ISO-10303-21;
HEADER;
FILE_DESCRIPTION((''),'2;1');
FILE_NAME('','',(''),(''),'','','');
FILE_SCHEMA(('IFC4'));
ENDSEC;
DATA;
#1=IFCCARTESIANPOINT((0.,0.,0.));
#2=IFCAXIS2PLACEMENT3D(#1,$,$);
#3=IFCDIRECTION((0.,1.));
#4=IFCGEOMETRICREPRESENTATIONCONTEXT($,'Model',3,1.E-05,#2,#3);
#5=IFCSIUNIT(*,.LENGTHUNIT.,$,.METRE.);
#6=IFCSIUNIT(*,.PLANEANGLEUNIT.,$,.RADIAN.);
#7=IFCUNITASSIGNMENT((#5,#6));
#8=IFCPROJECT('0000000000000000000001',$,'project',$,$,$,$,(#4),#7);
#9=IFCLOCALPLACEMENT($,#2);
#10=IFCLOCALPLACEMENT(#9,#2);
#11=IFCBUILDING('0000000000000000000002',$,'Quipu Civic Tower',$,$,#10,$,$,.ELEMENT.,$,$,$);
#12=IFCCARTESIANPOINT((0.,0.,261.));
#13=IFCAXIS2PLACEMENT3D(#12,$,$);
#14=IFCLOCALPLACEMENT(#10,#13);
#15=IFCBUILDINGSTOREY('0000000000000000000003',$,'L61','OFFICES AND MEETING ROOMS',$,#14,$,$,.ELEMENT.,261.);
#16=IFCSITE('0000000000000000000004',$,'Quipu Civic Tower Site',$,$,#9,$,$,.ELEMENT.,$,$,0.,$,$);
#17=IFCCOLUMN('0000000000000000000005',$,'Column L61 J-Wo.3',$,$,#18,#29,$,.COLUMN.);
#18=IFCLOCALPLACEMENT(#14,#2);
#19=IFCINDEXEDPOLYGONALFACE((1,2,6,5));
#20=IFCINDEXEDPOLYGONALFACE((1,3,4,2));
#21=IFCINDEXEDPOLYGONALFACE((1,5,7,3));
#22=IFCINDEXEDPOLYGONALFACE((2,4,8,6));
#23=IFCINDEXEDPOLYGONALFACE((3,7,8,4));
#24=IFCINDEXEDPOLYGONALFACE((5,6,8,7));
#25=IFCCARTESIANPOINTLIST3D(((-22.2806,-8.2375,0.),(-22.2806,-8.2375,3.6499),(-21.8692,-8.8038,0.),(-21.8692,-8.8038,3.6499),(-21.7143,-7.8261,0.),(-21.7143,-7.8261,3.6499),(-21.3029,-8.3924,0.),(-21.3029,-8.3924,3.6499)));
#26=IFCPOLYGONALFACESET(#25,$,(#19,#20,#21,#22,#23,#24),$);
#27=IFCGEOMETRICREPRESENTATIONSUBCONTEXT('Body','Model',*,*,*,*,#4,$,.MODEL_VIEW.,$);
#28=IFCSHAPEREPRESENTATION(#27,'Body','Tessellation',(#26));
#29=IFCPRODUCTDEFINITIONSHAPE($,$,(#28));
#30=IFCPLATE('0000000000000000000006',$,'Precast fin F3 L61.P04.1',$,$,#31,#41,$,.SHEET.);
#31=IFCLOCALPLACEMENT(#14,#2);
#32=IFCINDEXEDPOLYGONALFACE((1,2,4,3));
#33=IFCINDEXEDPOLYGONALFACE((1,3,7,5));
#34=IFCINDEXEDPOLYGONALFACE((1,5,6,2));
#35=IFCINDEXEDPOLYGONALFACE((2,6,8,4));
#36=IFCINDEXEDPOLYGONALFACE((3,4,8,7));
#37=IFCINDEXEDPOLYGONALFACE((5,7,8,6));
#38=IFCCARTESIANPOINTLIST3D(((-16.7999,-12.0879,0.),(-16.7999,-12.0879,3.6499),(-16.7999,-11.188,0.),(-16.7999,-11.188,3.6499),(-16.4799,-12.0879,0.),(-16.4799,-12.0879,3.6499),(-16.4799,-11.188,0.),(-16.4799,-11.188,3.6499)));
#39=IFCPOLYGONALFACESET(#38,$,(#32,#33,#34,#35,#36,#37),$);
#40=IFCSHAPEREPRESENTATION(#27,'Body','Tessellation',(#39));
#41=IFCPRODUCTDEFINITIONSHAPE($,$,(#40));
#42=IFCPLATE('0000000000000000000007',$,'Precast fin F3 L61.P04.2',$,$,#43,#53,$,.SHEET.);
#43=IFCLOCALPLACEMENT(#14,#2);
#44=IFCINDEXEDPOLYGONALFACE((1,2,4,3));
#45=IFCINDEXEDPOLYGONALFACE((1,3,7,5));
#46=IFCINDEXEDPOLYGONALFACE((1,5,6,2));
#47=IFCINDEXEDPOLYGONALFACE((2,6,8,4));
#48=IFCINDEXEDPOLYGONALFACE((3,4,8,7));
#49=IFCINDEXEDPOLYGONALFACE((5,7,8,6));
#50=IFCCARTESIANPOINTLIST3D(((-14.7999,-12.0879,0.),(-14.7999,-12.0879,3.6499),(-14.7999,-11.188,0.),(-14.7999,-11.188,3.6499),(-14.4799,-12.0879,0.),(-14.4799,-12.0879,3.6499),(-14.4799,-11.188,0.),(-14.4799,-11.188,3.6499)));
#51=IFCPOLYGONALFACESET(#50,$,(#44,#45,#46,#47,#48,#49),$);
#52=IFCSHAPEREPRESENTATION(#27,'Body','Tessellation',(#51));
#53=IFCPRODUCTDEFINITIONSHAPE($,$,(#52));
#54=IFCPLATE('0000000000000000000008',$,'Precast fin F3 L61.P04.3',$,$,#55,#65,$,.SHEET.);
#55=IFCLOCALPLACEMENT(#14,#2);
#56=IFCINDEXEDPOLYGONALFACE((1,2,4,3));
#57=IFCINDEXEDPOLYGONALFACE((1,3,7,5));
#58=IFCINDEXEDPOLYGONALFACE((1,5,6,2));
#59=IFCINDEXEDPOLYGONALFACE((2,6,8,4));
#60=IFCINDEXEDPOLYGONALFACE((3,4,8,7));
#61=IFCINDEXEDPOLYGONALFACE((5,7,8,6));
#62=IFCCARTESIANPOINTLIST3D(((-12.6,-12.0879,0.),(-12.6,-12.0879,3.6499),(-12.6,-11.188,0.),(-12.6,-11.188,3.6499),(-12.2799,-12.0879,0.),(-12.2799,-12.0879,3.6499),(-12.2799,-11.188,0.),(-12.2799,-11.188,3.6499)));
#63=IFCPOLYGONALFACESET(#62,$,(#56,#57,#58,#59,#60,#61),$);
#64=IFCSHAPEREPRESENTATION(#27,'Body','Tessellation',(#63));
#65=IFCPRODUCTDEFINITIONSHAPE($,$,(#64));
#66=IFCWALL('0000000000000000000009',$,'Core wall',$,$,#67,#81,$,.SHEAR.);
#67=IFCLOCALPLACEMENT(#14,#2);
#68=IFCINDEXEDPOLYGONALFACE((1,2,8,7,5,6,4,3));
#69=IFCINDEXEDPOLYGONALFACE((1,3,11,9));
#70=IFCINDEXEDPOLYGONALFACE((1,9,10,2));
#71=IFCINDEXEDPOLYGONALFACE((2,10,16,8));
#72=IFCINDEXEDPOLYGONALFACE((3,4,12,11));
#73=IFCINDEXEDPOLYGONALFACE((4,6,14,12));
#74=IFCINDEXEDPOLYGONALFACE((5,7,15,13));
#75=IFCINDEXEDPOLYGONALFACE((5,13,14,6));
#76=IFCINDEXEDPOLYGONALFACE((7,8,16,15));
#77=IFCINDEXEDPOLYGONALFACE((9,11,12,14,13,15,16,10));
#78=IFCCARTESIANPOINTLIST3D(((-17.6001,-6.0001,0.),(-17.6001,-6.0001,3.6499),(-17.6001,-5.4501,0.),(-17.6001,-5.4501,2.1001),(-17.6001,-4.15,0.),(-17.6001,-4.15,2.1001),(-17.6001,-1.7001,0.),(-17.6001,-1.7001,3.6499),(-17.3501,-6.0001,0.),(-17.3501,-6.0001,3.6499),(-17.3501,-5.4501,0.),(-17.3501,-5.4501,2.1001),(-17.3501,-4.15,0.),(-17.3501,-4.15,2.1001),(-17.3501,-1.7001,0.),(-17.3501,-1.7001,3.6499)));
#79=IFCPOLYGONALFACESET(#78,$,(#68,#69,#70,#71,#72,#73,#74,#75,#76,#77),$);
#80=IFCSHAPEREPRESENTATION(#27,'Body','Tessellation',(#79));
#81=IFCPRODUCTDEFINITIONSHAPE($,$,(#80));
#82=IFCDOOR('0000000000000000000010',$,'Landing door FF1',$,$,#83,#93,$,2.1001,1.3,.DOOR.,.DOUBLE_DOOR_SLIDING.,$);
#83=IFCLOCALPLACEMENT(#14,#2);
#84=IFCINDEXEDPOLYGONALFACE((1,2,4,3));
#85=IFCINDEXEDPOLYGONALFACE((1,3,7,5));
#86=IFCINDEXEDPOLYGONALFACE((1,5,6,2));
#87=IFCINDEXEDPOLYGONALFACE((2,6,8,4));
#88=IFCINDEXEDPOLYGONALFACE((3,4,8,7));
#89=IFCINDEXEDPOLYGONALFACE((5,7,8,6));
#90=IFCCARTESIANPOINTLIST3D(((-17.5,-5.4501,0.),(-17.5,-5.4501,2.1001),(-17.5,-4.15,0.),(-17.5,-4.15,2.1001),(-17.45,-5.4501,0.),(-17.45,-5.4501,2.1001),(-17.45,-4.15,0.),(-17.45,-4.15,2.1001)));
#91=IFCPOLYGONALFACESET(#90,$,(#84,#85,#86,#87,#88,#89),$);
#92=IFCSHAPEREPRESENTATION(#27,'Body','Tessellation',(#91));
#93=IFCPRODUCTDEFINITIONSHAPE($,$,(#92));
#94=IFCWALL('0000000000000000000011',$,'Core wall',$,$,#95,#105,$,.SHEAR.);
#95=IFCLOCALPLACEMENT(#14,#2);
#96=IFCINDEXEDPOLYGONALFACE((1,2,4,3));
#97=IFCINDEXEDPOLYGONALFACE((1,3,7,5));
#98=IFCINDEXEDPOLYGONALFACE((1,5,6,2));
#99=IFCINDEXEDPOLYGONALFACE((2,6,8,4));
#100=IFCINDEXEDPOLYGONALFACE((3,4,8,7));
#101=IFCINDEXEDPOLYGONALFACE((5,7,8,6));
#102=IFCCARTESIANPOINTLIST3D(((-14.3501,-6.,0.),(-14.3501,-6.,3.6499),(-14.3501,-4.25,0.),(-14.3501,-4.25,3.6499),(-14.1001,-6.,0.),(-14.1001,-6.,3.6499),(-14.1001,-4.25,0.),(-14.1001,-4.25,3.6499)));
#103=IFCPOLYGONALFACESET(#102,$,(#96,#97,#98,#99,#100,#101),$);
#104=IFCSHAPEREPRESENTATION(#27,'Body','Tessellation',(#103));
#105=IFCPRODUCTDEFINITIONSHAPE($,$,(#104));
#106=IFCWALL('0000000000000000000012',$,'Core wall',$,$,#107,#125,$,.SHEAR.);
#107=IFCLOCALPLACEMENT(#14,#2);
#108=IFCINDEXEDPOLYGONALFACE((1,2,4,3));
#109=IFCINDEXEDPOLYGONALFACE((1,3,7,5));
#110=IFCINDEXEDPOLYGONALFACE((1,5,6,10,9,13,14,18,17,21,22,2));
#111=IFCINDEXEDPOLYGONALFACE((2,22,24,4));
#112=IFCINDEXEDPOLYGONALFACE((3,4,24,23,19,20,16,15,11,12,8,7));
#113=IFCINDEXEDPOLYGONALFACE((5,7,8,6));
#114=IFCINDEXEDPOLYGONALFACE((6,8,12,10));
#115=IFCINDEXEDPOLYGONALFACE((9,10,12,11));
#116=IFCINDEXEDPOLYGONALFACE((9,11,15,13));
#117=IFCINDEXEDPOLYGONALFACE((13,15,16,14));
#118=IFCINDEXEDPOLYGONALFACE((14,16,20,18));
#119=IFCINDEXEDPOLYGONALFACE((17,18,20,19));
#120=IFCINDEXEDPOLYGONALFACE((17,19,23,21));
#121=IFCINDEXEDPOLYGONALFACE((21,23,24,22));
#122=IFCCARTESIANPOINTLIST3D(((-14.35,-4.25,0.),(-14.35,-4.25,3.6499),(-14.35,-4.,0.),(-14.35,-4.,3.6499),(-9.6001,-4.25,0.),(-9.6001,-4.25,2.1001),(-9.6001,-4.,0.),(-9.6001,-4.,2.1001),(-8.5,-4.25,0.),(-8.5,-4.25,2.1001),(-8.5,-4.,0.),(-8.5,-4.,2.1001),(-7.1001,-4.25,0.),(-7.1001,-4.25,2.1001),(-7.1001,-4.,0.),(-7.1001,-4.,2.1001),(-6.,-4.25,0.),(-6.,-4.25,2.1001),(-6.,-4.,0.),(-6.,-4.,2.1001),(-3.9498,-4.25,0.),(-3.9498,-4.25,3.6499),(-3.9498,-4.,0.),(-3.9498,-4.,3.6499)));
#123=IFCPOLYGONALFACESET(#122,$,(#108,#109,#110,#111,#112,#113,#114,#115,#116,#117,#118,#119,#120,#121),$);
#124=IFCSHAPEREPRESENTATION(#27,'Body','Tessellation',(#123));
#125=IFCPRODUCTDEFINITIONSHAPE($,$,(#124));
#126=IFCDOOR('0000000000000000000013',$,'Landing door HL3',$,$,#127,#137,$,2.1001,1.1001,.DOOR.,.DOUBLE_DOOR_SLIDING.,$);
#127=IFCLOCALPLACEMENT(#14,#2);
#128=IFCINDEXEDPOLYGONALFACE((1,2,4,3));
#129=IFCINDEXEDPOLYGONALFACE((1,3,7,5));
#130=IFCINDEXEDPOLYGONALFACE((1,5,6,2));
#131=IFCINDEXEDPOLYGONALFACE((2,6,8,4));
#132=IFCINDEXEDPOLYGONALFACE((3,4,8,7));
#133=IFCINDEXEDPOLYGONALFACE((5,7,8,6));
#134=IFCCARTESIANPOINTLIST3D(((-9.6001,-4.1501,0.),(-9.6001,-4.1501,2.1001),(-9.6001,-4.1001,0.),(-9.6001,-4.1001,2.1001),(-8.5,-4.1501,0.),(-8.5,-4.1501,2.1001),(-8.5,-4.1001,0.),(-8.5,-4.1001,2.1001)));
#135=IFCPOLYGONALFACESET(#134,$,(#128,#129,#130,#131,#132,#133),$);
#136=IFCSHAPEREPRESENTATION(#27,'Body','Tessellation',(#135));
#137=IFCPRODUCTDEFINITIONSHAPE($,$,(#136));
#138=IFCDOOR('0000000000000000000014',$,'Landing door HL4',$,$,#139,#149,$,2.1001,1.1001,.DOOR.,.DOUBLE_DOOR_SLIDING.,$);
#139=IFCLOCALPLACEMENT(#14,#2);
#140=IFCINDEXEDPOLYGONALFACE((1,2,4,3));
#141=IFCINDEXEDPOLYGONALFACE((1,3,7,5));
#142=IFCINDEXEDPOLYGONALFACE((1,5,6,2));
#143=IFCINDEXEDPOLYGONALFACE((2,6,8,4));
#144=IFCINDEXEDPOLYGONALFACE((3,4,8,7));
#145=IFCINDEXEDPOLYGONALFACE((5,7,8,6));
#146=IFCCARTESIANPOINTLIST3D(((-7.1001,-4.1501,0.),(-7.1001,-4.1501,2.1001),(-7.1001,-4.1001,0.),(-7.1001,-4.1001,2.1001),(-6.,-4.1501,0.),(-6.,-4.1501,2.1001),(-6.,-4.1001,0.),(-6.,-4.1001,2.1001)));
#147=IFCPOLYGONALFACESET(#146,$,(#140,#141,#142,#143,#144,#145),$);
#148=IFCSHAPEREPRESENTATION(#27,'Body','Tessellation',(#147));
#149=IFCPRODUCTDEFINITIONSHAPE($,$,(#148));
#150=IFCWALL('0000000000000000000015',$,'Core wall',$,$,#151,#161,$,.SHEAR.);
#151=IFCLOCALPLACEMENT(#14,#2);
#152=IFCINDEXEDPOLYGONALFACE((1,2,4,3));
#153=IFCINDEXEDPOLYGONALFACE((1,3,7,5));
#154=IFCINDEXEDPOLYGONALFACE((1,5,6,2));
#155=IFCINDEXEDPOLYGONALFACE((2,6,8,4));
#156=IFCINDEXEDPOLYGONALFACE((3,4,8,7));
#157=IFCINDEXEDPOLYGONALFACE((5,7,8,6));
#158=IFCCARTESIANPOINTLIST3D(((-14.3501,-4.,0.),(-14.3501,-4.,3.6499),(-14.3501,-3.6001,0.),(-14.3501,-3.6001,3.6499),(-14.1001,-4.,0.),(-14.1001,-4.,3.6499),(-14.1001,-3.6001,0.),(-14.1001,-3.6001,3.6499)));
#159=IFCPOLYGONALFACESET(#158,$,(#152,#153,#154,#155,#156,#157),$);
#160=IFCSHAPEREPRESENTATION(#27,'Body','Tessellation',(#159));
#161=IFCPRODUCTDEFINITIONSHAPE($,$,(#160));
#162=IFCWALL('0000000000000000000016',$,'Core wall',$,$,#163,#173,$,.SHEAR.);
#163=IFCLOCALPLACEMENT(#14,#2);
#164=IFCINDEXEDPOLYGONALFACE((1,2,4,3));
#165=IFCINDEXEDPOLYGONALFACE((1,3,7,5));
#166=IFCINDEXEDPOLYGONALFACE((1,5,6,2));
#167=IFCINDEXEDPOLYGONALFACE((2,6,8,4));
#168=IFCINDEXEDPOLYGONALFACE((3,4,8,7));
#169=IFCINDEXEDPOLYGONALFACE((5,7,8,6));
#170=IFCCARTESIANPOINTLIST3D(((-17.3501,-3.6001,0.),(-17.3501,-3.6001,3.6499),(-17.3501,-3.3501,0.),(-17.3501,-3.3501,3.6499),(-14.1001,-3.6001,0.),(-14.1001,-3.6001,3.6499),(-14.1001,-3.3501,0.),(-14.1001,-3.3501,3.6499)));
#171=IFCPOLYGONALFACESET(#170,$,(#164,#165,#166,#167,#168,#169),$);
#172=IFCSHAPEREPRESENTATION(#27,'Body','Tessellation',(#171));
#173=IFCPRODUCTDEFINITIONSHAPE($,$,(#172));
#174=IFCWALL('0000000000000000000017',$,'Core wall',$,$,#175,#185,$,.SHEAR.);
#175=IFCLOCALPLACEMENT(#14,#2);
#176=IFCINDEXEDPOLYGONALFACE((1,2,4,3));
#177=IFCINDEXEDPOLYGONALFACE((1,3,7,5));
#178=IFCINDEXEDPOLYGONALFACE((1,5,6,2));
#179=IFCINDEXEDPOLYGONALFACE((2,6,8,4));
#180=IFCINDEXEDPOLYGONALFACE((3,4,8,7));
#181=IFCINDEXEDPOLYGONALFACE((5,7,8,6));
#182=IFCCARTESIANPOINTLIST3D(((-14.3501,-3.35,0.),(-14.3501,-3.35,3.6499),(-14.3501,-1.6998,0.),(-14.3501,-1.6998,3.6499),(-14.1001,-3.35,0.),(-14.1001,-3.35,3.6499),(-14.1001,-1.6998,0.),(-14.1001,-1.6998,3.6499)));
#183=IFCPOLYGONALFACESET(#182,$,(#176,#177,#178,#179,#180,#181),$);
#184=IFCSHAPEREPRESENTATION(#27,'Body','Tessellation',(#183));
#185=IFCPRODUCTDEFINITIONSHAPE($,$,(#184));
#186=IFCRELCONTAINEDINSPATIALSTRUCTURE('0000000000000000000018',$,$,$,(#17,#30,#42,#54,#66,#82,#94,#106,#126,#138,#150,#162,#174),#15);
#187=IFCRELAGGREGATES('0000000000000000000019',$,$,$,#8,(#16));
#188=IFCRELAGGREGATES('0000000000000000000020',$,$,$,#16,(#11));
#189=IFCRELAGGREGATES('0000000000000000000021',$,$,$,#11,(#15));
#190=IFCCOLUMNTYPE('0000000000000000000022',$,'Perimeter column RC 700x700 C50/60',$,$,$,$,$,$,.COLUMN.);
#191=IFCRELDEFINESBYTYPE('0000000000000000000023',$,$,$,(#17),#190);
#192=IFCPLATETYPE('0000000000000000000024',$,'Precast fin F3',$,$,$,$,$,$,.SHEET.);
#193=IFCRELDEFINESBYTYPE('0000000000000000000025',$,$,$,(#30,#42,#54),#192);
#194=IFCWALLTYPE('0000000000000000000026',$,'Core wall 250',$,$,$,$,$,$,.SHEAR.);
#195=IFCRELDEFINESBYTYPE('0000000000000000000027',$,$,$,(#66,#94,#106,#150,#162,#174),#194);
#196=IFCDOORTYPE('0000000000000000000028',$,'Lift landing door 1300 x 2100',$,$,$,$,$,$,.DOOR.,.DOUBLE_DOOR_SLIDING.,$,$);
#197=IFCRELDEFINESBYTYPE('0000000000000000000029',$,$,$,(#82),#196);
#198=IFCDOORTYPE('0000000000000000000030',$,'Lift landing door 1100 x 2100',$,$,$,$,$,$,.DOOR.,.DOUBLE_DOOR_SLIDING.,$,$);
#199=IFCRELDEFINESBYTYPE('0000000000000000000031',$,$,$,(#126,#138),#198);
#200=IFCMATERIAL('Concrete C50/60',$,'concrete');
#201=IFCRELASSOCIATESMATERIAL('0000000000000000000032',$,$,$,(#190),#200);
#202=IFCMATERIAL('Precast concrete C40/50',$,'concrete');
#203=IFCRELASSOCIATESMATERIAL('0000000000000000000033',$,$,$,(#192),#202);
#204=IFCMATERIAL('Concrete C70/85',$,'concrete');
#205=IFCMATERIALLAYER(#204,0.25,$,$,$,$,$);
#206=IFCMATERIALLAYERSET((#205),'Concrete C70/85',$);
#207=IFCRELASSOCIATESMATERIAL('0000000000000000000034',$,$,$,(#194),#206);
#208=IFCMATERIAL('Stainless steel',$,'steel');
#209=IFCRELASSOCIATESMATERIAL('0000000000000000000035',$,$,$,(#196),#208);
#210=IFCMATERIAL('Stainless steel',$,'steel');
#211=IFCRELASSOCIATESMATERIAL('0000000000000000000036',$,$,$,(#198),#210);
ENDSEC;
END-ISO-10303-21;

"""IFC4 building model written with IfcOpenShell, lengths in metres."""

from ifc_helpers import new_model, si_unit, direction, frame, frame_2d, origin, origin_2d, place, context, subcontext, project, spatial, rectangle, extrude, material, layer, layer_set, material_profile, profile_set, type_object, element, fill, save


model = new_model("IFC4")

# Units and contexts
model_context = context("Model", 3, precision=1e-05, world=origin(), true_north=direction((0.0, 1.0)))
body_context = subcontext(model_context, "Body", "Model", "MODEL_VIEW")
ifc_project = project(units=[si_unit("LENGTHUNIT", "METRE"), si_unit("PLANEANGLEUNIT", "RADIAN")], contexts=[model_context])

# Site, building, storey
site_placement = place(None, origin())
site = spatial("IfcSite", under=ifc_project, at=site_placement, Name="Quipu Civic Tower Site", CompositionType="ELEMENT", RefElevation=0.0)
building_placement = place(site_placement, origin())
building = spatial("IfcBuilding", under=site, at=building_placement, Name="Quipu Civic Tower", CompositionType="ELEMENT")
storey_placement = place(building_placement, frame((0.0, 0.0, 261.0)))
storey = spatial("IfcBuildingStorey", under=building, at=storey_placement, Name="L61", Description="OFFICES AND MEETING ROOMS", CompositionType="ELEMENT", Elevation=261.0)

# Column
ifc_material_1 = material(Name="Concrete C50/60", Category="concrete")
ifc_material_profile = material_profile(ifc_material_1, rectangle(XDim=0.7, YDim=0.7, at=origin_2d()), Name="RC700x700")
ifc_profile_set = profile_set([ifc_material_profile], Name="Concrete C50/60")
column_type = type_object("IfcColumnType", Name="Perimeter column RC 700x700 C50/60", PredefinedType="COLUMN", material=ifc_profile_set)
column_placement = place(storey_placement, frame((-21.7917, -8.3149, 0.0), z_axis=(0.0, 0.0, 1.0), x_axis=(0.587785, -0.809017, 0.0)))
element("IfcColumn", 1, at=column_placement, inside=storey, type_object=column_type, Name="Column L61 J-Wo.3", PredefinedType="COLUMN", context=body_context, shape_type="SweptSolid", body=[
    extrude(rectangle(XDim=0.7, YDim=0.7, at=origin_2d()), origin(), (0.0, 0.0, 1.0), 3.6499),
])

# Plates
ifc_material_2 = material(Name="Precast concrete C40/50", Category="concrete")
plate_type = type_object("IfcPlateType", Name="Precast fin F3", PredefinedType="SHEET", material=ifc_material_2)
for number, where, z_axis, x_axis, name in (
    (2, (-16.6399, -11.6379, 0.0), (0.0, 0.0, 1.0), (1.0, 0.0, 0.0), "Precast fin F3 L61.P04.1"),
    (3, (-14.6399, -11.6379, 0.0), (0.0, 0.0, 1.0), (1.0, 0.0, 0.0), "Precast fin F3 L61.P04.2"),
    (4, (-12.4399, -11.6379, 0.0), (0.0, 0.0, 1.0), (1.0, 0.0, 0.0), "Precast fin F3 L61.P04.3"),
):
    element("IfcPlate", number, at=place(storey_placement, frame(where, z_axis=z_axis, x_axis=x_axis)), inside=storey, type_object=plate_type, Name=name, PredefinedType="SHEET", context=body_context, shape_type="SweptSolid", body=[
        extrude(rectangle(XDim=0.3201, YDim=0.8999, at=origin_2d()), origin(), (0.0, 0.0, 1.0), 3.6499),
    ])

# Wall, opening, door
ifc_material_3 = material(Name="Concrete C70/85", Category="concrete")
ifc_layer_1 = layer(ifc_material_3, 0.25)
ifc_layer_set_1 = layer_set([ifc_layer_1], Name="Concrete C70/85")
wall_type_1 = type_object("IfcWallType", Name="Core wall 250", PredefinedType="SHEAR", material=ifc_layer_set_1)
wall_1_placement = place(storey_placement, frame((-17.4751, -6.0, 0.0), z_axis=(0.0, 0.0, 1.0), x_axis=(0.0, 1.0, 0.0)))
wall_1 = element("IfcWall", 5, at=wall_1_placement, inside=storey, type_object=wall_type_1, Name="Core wall", PredefinedType="SHEAR", context=body_context, shape_type="SweptSolid", body=[
    extrude(rectangle(XDim=4.3, YDim=0.25, at=frame_2d((2.1499, 0.0))), origin(), (0.0, 0.0, 1.0), 3.6499),
])
opening_1_placement = place(wall_1_placement, frame((0.55, 0.0, 0.0)))
opening_1 = element("IfcOpeningElement", 6, at=opening_1_placement, cuts=wall_1, PredefinedType="OPENING", context=body_context, shape_type="SweptSolid", body=[
    extrude(rectangle(XDim=1.3, YDim=2.1001, at=frame_2d((0.6499, 1.05))), frame((0.0, 0.135, 0.0), z_axis=(0.0, -1.0, 0.0), x_axis=(1.0, 0.0, 0.0)), (0.0, 0.0, 1.0), 0.27),
])
ifc_material_4 = material(Name="Stainless steel", Category="steel")
door_type_1 = type_object("IfcDoorType", Name="Lift landing door 1300 x 2100", OperationType="DOUBLE_DOOR_SLIDING", PredefinedType="DOOR", material=ifc_material_4)
door_1_placement = place(opening_1_placement, origin())
door_1 = element("IfcDoor", 7, at=door_1_placement, inside=storey, type_object=door_type_1, Name="Landing door FF1", OperationType="DOUBLE_DOOR_SLIDING", OverallHeight=2.1001, OverallWidth=1.3, PredefinedType="DOOR", context=body_context, shape_type="SweptSolid", body=[
    extrude(rectangle(XDim=1.3, YDim=2.1001, at=frame_2d((0.6499, 1.05))), frame((0.0, 0.0249, 0.0), z_axis=(0.0, -1.0, 0.0), x_axis=(1.0, 0.0, 0.0)), (0.0, 0.0, 1.0), 0.05),
])
fill(opening_1, door_1)

# Wall
wall_2_placement = place(storey_placement, frame((-14.2251, -6.0, 0.0), z_axis=(0.0, 0.0, 1.0), x_axis=(0.0, 1.0, 0.0)))
element("IfcWall", 8, at=wall_2_placement, inside=storey, type_object=wall_type_1, Name="Core wall", PredefinedType="SHEAR", context=body_context, shape_type="SweptSolid", body=[
    extrude(rectangle(XDim=1.75, YDim=0.25, at=frame_2d((0.875, 0.0))), origin(), (0.0, 0.0, 1.0), 3.6499),
])

# Wall, openings, doors
wall_3_placement = place(storey_placement, frame((-14.3501, -4.125, 0.0), z_axis=(0.0, 0.0, 1.0), x_axis=(1.0, 0.0, 0.0)))
wall_3 = element("IfcWall", 9, at=wall_3_placement, inside=storey, type_object=wall_type_1, Name="Core wall", PredefinedType="SHEAR", context=body_context, shape_type="SweptSolid", body=[
    extrude(rectangle(XDim=10.4001, YDim=0.25, at=frame_2d((5.2002, 0.0))), origin(), (0.0, 0.0, 1.0), 3.6499),
])
opening_2_placement = place(wall_3_placement, frame((4.75, 0.0, 0.0)))
opening_2 = element("IfcOpeningElement", 10, at=opening_2_placement, cuts=wall_3, PredefinedType="OPENING", context=body_context, shape_type="SweptSolid", body=[
    extrude(rectangle(XDim=1.1001, YDim=2.1001, at=frame_2d((0.55, 1.05))), frame((0.0, 0.135, 0.0), z_axis=(0.0, -1.0, 0.0), x_axis=(1.0, 0.0, 0.0)), (0.0, 0.0, 1.0), 0.27),
])
opening_3_placement = place(wall_3_placement, frame((7.25, 0.0, 0.0)))
opening_3 = element("IfcOpeningElement", 11, at=opening_3_placement, cuts=wall_3, PredefinedType="OPENING", context=body_context, shape_type="SweptSolid", body=[
    extrude(rectangle(XDim=1.1001, YDim=2.1001, at=frame_2d((0.55, 1.05))), frame((0.0, 0.135, 0.0), z_axis=(0.0, -1.0, 0.0), x_axis=(1.0, 0.0, 0.0)), (0.0, 0.0, 1.0), 0.27),
])
ifc_material_5 = material(Name="Stainless steel", Category="steel")
door_type_2 = type_object("IfcDoorType", Name="Lift landing door 1100 x 2100", OperationType="DOUBLE_DOOR_SLIDING", PredefinedType="DOOR", material=ifc_material_5)
door_2_placement = place(opening_2_placement, origin())
door_2 = element("IfcDoor", 12, at=door_2_placement, inside=storey, type_object=door_type_2, Name="Landing door HL3", OperationType="DOUBLE_DOOR_SLIDING", OverallHeight=2.1001, OverallWidth=1.1001, PredefinedType="DOOR", context=body_context, shape_type="SweptSolid", body=[
    extrude(rectangle(XDim=1.1001, YDim=2.1001, at=frame_2d((0.55, 1.05))), frame((0.0, 0.0249, 0.0), z_axis=(0.0, -1.0, 0.0), x_axis=(1.0, 0.0, 0.0)), (0.0, 0.0, 1.0), 0.05),
])
fill(opening_2, door_2)
door_3_placement = place(opening_3_placement, origin())
door_3 = element("IfcDoor", 13, at=door_3_placement, inside=storey, type_object=door_type_2, Name="Landing door HL4", OperationType="DOUBLE_DOOR_SLIDING", OverallHeight=2.1001, OverallWidth=1.1001, PredefinedType="DOOR", context=body_context, shape_type="SweptSolid", body=[
    extrude(rectangle(XDim=1.1001, YDim=2.1001, at=frame_2d((0.55, 1.05))), frame((0.0, 0.0249, 0.0), z_axis=(0.0, -1.0, 0.0), x_axis=(1.0, 0.0, 0.0)), (0.0, 0.0, 1.0), 0.05),
])
fill(opening_3, door_3)

# Walls
wall_4_placement = place(storey_placement, frame((-14.2251, -4.0, 0.0), z_axis=(0.0, 0.0, 1.0), x_axis=(0.0, 1.0, 0.0)))
element("IfcWall", 14, at=wall_4_placement, inside=storey, type_object=wall_type_1, Name="Core wall", PredefinedType="SHEAR", context=body_context, shape_type="SweptSolid", body=[
    extrude(rectangle(XDim=0.3999, YDim=0.25, at=frame_2d((0.2, 0.0))), origin(), (0.0, 0.0, 1.0), 3.6499),
])
wall_5_placement = place(storey_placement, frame((-17.3501, -3.4751, 0.0), z_axis=(0.0, 0.0, 1.0), x_axis=(1.0, 0.0, 0.0)))
element("IfcWall", 15, at=wall_5_placement, inside=storey, type_object=wall_type_1, Name="Core wall", PredefinedType="SHEAR", context=body_context, shape_type="SweptSolid", body=[
    extrude(rectangle(XDim=3.25, YDim=0.25, at=frame_2d((1.625, 0.0))), origin(), (0.0, 0.0, 1.0), 3.6499),
])
wall_6_placement = place(storey_placement, frame((-14.2251, -3.3501, 0.0), z_axis=(0.0, 0.0, 1.0), x_axis=(0.0, 1.0, 0.0)))
element("IfcWall", 16, at=wall_6_placement, inside=storey, type_object=wall_type_1, Name="Core wall", PredefinedType="SHEAR", context=body_context, shape_type="SweptSolid", body=[
    extrude(rectangle(XDim=1.6501, YDim=0.25, at=frame_2d((0.8252, 0.0))), origin(), (0.0, 0.0, 1.0), 3.6499),
])

save(model, "model.ifc")
